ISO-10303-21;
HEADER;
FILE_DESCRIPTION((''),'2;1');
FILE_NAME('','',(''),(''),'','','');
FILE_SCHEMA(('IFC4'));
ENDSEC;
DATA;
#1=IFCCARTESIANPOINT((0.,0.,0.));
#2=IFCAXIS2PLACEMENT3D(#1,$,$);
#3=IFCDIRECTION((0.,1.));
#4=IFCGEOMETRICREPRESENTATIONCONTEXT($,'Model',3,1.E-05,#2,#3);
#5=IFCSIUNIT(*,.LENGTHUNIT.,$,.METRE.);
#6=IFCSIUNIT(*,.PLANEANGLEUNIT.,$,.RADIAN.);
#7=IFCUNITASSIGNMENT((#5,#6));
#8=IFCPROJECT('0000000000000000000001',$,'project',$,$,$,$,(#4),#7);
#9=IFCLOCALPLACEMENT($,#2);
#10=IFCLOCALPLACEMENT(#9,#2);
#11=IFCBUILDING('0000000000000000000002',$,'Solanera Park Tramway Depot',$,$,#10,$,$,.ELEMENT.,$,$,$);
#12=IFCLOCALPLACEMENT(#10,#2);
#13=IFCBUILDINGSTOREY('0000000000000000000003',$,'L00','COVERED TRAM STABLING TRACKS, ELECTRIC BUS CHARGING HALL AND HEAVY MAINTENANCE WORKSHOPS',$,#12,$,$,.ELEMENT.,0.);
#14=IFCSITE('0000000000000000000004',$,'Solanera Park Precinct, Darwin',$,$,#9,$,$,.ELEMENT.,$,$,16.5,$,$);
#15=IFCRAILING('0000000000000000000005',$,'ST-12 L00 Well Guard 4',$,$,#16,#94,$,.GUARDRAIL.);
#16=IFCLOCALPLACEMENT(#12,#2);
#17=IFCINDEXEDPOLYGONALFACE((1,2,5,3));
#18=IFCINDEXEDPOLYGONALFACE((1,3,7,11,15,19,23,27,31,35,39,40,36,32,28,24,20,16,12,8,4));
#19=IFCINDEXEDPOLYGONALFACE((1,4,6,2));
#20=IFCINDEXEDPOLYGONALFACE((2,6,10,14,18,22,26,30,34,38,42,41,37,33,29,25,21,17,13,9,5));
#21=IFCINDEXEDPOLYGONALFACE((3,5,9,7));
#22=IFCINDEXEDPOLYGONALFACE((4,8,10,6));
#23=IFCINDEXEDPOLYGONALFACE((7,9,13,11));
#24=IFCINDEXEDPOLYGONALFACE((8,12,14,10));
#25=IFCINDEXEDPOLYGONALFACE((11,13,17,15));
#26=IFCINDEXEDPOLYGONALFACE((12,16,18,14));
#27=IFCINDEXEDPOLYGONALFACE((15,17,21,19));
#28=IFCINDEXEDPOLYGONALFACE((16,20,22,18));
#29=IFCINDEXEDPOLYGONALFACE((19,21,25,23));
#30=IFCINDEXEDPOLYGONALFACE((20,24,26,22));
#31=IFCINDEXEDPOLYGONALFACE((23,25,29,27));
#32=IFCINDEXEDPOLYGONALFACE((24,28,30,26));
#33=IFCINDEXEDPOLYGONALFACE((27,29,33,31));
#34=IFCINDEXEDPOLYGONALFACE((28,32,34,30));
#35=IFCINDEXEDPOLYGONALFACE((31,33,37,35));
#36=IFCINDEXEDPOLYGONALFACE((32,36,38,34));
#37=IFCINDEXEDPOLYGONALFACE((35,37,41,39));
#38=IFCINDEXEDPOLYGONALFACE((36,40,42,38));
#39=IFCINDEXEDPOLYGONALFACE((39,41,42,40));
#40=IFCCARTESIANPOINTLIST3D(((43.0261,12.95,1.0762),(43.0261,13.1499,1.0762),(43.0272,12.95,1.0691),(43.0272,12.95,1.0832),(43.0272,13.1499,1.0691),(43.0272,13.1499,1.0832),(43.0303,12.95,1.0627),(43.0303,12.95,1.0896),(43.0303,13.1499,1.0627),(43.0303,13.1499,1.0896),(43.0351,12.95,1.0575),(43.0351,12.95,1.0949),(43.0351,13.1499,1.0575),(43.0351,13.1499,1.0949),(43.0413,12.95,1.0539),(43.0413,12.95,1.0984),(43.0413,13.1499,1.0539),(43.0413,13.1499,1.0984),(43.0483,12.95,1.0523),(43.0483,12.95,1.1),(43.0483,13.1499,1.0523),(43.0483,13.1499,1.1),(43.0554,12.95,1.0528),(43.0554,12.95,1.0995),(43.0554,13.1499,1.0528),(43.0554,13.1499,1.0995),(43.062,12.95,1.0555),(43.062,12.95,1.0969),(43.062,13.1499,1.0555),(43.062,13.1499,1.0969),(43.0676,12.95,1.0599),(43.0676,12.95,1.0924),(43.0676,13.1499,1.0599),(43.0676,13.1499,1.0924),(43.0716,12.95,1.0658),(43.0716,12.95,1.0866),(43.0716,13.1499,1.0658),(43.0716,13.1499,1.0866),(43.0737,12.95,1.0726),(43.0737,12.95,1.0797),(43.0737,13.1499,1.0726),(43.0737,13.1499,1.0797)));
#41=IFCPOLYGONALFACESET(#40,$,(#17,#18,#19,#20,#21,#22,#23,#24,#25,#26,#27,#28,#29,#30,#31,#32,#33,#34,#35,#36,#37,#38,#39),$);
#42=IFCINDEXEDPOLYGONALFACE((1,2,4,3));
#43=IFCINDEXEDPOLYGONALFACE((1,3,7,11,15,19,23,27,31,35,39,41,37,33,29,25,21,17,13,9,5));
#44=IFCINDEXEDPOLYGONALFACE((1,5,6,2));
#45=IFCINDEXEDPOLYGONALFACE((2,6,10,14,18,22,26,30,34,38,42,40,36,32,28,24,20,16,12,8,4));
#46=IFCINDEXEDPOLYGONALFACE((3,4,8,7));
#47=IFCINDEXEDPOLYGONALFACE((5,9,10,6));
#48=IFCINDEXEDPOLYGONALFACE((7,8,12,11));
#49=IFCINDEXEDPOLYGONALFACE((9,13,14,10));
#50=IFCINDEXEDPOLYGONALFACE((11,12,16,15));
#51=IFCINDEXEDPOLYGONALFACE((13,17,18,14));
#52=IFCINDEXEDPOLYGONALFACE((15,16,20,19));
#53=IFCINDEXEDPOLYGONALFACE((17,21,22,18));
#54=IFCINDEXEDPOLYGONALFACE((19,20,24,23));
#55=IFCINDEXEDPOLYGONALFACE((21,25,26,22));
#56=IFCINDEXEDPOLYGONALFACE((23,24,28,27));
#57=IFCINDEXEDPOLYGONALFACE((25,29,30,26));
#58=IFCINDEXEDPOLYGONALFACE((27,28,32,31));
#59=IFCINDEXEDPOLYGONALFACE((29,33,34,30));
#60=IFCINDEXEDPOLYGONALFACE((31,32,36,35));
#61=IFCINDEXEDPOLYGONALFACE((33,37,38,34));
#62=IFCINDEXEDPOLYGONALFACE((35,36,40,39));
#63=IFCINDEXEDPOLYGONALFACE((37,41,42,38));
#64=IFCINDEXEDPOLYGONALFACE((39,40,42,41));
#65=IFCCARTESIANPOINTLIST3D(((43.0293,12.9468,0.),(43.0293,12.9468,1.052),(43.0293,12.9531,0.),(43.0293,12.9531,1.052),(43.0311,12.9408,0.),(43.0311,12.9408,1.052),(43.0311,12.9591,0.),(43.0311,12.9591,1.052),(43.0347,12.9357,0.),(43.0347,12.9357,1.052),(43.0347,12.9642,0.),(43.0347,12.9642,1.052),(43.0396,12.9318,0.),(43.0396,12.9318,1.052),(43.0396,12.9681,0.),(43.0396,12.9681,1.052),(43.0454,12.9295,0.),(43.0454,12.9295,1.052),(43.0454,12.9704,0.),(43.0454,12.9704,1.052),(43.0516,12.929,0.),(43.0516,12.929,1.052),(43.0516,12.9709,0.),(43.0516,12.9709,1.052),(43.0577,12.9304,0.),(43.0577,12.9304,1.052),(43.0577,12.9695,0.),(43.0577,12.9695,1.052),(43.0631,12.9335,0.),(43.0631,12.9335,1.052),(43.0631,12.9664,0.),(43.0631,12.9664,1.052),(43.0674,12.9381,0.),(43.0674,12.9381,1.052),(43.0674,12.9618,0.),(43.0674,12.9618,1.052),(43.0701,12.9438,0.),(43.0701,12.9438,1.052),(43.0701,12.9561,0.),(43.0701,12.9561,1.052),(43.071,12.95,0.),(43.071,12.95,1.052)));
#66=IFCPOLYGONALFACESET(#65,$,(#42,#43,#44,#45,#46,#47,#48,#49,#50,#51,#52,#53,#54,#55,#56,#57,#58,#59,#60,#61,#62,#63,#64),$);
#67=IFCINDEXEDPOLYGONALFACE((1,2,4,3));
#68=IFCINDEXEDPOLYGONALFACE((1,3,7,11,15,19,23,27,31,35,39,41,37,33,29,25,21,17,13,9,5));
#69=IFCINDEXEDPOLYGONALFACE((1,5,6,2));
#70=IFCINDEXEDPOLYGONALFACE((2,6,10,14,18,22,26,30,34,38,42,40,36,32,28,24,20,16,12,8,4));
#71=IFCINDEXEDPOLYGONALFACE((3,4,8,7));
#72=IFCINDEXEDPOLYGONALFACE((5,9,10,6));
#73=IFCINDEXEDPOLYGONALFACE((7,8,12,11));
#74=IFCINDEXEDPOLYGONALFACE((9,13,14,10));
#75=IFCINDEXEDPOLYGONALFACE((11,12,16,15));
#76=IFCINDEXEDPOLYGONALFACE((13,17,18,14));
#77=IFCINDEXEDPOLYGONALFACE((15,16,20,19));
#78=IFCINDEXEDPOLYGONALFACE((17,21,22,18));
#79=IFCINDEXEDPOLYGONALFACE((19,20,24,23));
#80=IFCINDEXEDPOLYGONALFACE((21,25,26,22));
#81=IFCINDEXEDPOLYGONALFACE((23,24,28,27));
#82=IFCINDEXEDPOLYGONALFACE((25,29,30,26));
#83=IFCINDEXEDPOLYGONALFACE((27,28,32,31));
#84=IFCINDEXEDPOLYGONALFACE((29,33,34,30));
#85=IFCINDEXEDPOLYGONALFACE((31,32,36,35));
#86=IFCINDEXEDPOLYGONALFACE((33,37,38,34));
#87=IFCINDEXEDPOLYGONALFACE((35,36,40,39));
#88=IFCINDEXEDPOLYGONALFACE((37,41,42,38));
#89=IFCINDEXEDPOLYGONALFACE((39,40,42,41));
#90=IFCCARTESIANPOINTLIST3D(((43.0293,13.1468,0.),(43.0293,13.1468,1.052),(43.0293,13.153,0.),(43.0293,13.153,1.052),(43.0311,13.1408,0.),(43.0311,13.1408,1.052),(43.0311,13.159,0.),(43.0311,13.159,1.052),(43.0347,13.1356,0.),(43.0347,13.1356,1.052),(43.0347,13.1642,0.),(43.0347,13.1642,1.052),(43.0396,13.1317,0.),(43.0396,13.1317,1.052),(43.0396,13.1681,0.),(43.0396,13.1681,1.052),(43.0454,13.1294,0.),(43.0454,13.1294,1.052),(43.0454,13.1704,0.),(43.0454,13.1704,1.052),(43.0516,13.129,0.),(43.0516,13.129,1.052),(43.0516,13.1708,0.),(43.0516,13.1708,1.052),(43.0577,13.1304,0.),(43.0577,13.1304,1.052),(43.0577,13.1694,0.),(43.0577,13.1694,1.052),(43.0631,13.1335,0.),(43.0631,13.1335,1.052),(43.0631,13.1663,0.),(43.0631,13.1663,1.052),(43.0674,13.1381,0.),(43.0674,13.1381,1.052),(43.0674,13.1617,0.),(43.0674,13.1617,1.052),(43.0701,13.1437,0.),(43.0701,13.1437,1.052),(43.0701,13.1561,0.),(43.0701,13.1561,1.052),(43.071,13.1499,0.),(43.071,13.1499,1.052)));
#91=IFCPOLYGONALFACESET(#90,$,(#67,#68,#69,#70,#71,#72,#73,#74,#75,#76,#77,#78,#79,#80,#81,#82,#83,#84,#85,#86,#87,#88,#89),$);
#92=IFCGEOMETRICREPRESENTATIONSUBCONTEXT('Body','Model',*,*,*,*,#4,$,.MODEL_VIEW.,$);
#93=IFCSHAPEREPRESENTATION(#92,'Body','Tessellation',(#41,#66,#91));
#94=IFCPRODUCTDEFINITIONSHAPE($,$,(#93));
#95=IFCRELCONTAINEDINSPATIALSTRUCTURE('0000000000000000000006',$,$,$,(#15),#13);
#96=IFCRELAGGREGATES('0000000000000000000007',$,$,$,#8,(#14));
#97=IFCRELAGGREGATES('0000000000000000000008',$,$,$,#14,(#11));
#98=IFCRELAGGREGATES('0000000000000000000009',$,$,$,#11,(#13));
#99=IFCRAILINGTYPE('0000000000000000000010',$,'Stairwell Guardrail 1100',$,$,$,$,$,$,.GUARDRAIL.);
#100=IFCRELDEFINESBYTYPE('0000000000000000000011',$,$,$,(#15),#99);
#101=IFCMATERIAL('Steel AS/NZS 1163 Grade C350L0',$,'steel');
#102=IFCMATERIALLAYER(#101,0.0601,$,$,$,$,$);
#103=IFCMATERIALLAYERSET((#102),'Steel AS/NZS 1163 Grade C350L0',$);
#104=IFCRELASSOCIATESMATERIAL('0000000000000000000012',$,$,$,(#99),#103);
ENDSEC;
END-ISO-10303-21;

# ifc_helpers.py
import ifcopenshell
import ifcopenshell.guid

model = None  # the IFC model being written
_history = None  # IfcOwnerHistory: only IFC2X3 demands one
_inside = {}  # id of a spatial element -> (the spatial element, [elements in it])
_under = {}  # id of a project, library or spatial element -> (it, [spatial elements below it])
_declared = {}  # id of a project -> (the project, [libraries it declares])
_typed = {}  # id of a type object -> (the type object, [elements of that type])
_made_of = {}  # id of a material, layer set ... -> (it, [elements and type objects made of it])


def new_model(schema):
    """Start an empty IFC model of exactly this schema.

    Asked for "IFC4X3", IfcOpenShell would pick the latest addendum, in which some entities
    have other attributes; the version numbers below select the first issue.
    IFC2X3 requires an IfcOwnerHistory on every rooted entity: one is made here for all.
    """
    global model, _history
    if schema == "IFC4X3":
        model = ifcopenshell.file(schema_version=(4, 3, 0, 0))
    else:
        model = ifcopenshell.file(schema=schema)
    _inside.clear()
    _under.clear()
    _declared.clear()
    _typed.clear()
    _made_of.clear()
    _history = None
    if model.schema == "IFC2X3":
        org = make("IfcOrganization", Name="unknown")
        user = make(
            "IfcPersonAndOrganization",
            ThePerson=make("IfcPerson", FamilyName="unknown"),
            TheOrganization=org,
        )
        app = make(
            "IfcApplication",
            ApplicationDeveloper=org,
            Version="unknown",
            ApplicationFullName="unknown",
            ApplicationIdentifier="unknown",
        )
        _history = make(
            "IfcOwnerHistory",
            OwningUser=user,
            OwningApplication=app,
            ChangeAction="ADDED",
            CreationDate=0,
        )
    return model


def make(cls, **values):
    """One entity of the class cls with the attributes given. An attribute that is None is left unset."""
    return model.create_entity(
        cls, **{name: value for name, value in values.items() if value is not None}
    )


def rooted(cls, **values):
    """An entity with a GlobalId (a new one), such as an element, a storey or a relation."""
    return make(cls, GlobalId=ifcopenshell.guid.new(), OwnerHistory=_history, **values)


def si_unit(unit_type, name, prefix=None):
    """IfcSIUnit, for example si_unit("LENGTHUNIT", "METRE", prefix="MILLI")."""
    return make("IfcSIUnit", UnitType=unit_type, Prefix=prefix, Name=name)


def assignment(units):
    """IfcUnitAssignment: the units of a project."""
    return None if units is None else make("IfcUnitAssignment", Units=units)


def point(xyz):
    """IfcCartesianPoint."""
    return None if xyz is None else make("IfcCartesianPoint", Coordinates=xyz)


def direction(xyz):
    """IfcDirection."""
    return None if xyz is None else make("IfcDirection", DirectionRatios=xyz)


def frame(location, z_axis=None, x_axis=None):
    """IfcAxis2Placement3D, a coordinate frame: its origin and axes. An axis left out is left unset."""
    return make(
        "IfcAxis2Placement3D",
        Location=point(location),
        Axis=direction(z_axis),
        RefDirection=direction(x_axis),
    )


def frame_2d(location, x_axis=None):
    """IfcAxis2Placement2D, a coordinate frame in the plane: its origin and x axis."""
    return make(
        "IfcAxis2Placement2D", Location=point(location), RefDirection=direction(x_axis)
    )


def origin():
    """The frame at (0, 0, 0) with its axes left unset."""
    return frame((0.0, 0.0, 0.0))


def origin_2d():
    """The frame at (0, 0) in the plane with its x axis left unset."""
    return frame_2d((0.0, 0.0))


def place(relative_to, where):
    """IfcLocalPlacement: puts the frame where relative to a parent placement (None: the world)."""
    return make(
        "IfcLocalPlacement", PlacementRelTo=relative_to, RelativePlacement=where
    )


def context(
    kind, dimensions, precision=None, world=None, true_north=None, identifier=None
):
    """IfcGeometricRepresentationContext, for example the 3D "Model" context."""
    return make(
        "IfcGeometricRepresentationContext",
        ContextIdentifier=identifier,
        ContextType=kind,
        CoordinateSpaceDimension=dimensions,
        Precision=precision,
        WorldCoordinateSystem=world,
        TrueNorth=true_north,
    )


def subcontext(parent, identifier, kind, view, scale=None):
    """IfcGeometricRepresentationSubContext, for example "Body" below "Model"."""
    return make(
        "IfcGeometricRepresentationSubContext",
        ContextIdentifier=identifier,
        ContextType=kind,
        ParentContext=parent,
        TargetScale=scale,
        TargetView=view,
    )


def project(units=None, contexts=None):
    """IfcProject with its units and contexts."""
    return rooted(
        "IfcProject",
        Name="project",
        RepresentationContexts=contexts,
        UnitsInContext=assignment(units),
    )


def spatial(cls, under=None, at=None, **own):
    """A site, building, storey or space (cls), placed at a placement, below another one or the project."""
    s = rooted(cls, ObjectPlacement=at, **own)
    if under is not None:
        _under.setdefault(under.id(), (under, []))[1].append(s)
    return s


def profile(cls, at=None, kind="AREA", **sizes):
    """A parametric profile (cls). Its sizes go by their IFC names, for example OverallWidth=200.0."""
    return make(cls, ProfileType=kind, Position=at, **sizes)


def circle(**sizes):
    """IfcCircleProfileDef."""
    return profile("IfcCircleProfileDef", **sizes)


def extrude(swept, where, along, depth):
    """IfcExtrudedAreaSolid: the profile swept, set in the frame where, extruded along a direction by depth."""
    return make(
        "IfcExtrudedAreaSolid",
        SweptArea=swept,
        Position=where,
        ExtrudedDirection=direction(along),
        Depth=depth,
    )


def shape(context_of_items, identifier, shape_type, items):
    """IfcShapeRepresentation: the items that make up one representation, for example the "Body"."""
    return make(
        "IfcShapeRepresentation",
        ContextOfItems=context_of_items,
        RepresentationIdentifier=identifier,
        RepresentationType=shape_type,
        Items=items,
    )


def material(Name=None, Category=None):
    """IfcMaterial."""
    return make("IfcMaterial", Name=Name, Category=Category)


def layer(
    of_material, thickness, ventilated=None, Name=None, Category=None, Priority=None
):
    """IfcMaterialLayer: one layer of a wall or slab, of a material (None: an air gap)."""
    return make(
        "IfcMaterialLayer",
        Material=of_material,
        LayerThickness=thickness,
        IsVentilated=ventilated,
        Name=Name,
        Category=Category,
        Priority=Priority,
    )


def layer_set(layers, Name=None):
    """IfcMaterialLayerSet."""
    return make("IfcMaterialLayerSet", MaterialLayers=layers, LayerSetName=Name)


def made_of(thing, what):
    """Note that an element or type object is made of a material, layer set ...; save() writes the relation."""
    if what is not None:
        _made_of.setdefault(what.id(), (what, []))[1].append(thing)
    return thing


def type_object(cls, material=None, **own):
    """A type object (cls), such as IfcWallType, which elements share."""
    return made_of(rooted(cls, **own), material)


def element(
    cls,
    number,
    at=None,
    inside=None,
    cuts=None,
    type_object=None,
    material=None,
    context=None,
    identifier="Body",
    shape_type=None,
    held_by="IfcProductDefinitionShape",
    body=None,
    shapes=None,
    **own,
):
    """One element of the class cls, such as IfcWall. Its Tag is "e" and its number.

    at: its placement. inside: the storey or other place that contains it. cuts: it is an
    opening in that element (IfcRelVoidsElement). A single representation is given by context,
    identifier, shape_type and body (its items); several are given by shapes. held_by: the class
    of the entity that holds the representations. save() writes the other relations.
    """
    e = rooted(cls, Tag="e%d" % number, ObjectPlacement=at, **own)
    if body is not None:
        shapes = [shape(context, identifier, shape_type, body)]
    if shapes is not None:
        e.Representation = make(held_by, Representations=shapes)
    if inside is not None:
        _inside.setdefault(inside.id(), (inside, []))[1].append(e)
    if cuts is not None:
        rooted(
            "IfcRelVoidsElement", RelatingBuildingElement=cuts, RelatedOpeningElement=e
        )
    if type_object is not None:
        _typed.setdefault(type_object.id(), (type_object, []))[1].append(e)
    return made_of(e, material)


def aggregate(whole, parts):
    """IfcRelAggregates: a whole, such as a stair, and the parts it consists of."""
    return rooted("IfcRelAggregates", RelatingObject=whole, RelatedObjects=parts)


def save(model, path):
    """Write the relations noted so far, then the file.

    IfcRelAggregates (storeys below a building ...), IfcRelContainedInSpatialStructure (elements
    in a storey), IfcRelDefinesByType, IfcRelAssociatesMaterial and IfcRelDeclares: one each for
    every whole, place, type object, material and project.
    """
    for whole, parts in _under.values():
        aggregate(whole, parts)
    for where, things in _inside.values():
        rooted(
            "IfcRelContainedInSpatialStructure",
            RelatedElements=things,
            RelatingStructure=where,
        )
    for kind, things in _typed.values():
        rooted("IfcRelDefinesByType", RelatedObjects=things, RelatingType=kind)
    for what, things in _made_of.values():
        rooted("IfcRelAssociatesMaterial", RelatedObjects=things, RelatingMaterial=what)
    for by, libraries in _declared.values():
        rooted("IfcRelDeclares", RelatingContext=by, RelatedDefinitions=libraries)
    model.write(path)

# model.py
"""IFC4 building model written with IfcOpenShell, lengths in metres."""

from ifc_helpers import new_model, si_unit, direction, frame, origin, origin_2d, place, context, subcontext, project, spatial, circle, extrude, material, layer, layer_set, type_object, element, save


model = new_model("IFC4")

# Units and contexts
model_context = context("Model", 3, precision=1e-05, world=origin(), true_north=direction((0.0, 1.0)))
body_context = subcontext(model_context, "Body", "Model", "MODEL_VIEW")
ifc_project = project(units=[si_unit("LENGTHUNIT", "METRE"), si_unit("PLANEANGLEUNIT", "RADIAN")], contexts=[model_context])

# Site, building, storey
site_placement = place(None, origin())
site = spatial("IfcSite", under=ifc_project, at=site_placement, Name="Solanera Park Precinct, Darwin", CompositionType="ELEMENT", RefElevation=16.5)
building_placement = place(site_placement, origin())
building = spatial("IfcBuilding", under=site, at=building_placement, Name="Solanera Park Tramway Depot", CompositionType="ELEMENT")
storey_placement = place(building_placement, origin())
storey = spatial("IfcBuildingStorey", under=building, at=storey_placement, Name="L00", Description="COVERED TRAM STABLING TRACKS, ELECTRIC BUS CHARGING HALL AND HEAVY MAINTENANCE WORKSHOPS", CompositionType="ELEMENT", Elevation=0.0)

# Railing
ifc_material_1 = material(Name="Steel AS/NZS 1163 Grade C350L0", Category="steel")
ifc_layer_1 = layer(ifc_material_1, 0.0601)
ifc_layer_set_1 = layer_set([ifc_layer_1], Name="Steel AS/NZS 1163 Grade C350L0")
railing_type_1 = type_object("IfcRailingType", Name="Stairwell Guardrail 1100", PredefinedType="GUARDRAIL", material=ifc_layer_set_1)
railing_1_placement = place(storey_placement, frame((43.05, 12.95, 0.0)))
element("IfcRailing", 1, at=railing_1_placement, inside=storey, type_object=railing_type_1, Name="ST-12 L00 Well Guard 4", PredefinedType="GUARDRAIL", context=body_context, shape_type="SweptSolid", body=[
    extrude(circle(Radius=0.0239, at=origin_2d()), frame((0.0, 0.0, 1.0762), z_axis=(0.0, 1.0, 0.0), x_axis=(-1.0, 0.0, 0.0)), (0.0, 0.0, 1.0), 0.2),
    extrude(circle(Radius=0.021, at=origin_2d()), origin(), (0.0, 0.0, 1.0), 1.052),
    extrude(circle(Radius=0.021, at=origin_2d()), frame((0.0, 0.2, 0.0)), (0.0, 0.0, 1.0), 1.052),
])

save(model, "model.ifc")
